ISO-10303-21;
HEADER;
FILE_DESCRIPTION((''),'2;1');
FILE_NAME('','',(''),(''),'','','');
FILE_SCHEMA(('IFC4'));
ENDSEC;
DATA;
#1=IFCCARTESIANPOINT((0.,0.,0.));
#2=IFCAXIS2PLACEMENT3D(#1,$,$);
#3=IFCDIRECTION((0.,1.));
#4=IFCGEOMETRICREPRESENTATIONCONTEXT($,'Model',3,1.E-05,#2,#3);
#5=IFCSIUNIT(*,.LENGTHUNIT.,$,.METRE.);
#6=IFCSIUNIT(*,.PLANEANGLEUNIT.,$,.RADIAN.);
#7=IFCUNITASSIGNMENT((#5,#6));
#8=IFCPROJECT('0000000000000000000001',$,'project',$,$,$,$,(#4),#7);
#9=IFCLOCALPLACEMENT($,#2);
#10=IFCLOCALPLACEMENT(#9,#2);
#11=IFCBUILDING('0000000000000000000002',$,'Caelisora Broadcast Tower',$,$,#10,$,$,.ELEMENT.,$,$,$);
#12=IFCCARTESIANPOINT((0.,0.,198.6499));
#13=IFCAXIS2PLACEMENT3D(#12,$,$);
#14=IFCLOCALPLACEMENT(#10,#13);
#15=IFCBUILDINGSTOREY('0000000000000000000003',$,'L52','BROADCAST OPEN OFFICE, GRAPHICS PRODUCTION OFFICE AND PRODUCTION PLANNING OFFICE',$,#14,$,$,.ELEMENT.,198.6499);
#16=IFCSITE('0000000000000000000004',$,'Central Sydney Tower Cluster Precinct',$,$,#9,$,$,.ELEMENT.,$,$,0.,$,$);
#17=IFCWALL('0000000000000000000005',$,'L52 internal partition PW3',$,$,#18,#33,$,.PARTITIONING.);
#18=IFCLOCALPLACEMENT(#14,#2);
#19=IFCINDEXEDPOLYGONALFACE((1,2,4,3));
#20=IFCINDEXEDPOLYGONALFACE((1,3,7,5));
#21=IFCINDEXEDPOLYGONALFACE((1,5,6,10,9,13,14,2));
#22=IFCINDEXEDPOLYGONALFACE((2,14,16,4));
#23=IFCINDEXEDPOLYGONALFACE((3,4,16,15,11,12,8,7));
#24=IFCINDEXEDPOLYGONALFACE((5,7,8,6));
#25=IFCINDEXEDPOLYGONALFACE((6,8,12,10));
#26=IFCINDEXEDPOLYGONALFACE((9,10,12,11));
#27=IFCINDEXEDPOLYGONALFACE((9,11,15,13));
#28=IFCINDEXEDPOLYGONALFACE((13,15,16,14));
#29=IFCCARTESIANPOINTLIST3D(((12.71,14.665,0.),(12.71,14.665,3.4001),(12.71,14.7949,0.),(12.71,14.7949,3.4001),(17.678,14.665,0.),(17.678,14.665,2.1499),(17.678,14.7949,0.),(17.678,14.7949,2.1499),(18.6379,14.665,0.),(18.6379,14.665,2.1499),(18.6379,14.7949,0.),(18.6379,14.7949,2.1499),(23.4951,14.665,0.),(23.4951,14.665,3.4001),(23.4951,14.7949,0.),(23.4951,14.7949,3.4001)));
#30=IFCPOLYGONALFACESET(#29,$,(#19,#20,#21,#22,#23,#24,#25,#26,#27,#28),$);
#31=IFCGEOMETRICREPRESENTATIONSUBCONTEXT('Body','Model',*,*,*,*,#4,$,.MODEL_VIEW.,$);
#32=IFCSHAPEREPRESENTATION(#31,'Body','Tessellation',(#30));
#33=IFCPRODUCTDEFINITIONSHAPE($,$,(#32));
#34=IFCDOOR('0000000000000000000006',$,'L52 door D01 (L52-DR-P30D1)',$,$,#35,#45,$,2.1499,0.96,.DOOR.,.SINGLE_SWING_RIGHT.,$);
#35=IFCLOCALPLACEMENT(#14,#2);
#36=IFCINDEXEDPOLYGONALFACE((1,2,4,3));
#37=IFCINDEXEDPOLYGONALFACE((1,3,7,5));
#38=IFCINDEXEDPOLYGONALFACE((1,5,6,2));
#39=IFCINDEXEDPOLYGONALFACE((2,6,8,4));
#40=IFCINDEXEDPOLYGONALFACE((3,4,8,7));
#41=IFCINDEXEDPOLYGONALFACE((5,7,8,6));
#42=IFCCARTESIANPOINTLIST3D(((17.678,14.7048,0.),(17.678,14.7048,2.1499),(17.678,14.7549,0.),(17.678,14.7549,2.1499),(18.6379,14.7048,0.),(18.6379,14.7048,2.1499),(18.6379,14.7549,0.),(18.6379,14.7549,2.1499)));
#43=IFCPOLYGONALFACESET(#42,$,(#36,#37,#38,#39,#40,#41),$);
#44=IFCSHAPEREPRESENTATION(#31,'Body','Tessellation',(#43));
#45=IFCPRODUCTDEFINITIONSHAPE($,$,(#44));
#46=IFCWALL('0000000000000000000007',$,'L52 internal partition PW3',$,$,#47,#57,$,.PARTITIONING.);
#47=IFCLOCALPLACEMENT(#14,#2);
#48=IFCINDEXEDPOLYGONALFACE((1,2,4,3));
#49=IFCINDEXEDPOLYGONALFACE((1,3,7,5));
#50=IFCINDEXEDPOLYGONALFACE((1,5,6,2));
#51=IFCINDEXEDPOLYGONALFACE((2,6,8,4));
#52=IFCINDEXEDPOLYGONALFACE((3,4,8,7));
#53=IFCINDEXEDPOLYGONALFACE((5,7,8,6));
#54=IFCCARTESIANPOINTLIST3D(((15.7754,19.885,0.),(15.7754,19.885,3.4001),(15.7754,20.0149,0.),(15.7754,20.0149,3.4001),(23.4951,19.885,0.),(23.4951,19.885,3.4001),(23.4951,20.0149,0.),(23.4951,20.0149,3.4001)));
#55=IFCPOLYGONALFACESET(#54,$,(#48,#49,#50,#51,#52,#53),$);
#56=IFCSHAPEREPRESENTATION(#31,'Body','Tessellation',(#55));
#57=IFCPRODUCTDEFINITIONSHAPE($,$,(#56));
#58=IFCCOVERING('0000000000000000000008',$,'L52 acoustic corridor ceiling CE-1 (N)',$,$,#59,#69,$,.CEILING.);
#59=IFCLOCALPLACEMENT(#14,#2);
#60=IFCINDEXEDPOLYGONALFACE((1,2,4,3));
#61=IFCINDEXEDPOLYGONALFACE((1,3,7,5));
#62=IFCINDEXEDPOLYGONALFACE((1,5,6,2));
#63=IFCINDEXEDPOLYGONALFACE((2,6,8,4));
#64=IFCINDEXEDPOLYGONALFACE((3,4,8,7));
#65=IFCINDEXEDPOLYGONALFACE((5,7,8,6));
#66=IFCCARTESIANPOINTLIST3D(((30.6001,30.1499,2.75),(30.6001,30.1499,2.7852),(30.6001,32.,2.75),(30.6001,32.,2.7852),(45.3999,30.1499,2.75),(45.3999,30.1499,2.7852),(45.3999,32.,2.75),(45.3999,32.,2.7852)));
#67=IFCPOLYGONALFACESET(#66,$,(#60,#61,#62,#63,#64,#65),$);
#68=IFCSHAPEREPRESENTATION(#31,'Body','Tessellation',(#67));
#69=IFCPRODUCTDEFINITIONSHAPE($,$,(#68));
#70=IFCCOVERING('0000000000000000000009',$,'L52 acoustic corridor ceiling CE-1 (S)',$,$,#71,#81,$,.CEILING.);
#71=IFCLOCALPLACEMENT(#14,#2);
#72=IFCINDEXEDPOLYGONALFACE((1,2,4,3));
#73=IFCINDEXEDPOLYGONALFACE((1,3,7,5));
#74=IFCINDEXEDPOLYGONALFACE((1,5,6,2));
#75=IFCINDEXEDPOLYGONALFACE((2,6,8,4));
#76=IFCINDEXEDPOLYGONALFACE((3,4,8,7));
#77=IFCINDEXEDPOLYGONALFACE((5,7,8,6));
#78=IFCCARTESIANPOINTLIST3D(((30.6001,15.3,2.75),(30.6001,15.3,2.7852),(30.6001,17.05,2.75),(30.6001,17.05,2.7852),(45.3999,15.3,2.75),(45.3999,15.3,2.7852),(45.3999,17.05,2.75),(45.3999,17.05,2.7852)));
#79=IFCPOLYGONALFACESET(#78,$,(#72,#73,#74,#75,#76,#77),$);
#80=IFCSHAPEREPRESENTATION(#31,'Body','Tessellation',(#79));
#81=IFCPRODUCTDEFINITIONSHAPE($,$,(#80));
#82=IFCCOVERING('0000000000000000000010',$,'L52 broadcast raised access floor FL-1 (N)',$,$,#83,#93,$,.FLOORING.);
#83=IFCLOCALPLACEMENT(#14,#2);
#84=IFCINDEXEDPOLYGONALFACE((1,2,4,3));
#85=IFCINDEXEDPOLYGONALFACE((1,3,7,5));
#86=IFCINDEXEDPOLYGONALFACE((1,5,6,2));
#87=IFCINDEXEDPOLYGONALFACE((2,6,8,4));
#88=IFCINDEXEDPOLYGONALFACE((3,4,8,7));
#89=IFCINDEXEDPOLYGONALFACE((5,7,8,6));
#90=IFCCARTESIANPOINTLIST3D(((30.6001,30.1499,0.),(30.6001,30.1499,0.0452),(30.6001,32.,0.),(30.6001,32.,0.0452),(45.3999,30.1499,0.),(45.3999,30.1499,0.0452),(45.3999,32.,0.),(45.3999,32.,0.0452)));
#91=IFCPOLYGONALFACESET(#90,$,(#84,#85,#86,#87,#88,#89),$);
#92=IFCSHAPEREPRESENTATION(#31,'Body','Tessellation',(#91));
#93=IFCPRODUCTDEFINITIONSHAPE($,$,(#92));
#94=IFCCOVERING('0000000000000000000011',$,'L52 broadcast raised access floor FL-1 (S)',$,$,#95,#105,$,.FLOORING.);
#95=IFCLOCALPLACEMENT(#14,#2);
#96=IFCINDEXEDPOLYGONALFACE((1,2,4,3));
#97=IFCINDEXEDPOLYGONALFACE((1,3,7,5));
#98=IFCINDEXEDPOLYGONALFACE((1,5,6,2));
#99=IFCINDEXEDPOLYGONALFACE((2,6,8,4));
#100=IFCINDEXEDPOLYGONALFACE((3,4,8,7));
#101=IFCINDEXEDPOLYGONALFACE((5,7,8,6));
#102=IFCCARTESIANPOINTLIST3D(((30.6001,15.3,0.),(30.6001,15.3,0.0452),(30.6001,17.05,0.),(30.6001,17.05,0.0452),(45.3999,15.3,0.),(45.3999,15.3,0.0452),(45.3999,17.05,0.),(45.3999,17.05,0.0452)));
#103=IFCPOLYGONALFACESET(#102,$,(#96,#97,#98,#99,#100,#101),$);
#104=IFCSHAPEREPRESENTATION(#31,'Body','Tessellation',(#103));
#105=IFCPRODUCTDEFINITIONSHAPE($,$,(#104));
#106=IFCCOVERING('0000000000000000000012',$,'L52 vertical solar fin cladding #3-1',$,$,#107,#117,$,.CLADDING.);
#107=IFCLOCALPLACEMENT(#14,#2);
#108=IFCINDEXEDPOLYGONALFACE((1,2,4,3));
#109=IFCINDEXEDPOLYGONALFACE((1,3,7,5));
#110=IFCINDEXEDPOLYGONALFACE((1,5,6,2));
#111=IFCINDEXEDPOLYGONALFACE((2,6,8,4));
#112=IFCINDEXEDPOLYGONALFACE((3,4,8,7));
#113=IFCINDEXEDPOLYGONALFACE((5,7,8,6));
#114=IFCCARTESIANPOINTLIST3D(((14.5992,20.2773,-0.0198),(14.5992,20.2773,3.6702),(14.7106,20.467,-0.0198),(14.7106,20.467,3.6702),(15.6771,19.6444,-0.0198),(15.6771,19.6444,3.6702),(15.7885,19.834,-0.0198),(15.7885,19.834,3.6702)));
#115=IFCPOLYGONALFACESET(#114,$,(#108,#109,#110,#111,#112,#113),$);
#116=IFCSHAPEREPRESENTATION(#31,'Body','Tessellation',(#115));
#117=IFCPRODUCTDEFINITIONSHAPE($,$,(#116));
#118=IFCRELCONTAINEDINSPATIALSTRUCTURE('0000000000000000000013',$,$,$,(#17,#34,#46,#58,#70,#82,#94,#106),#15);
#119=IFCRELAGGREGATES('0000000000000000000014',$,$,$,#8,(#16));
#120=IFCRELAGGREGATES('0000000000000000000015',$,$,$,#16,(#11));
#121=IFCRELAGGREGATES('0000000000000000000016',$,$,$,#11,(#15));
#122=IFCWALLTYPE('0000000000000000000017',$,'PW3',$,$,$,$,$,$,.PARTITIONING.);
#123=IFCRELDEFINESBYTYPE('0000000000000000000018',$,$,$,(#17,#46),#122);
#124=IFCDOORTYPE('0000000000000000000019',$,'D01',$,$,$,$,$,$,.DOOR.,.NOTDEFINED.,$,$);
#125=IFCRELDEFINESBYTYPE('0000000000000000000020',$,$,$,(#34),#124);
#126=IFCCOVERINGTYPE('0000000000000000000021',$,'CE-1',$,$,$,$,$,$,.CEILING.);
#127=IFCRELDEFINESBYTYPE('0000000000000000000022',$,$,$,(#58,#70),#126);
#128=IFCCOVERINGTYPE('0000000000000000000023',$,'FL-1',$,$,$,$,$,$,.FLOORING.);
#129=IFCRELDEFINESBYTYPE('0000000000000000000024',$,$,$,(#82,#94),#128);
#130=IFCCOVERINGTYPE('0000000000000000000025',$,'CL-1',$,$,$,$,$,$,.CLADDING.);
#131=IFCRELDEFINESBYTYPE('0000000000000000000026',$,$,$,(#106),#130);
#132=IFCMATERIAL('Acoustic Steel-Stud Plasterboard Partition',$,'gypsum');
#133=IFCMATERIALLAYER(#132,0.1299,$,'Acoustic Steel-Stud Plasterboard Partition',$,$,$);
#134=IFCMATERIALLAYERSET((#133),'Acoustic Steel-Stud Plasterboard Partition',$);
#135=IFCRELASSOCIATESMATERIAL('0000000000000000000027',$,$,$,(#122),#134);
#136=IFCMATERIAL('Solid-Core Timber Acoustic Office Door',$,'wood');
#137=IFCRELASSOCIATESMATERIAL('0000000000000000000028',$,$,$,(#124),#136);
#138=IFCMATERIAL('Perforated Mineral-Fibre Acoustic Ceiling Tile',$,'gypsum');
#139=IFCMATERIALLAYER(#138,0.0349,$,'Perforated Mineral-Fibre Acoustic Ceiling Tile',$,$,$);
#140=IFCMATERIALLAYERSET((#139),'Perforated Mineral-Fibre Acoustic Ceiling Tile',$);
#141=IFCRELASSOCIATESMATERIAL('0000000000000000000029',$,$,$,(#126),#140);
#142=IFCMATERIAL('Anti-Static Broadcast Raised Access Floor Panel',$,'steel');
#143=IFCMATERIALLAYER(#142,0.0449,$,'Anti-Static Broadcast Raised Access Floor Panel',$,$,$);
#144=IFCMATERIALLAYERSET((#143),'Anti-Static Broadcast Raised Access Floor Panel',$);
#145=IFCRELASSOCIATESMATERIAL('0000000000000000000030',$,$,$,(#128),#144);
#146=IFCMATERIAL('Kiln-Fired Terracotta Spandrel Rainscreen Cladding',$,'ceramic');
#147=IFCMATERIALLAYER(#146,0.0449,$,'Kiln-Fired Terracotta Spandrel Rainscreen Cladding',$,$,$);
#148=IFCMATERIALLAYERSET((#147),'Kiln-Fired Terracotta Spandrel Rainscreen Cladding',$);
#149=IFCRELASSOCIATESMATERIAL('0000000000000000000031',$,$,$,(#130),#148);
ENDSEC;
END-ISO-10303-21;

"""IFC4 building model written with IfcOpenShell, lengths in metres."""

from ifc_helpers import new_model, si_unit, direction, frame, frame_2d, origin, origin_2d, place, context, subcontext, project, spatial, polyline, rectangle, outline, extrude, source, transform, mapped, material, layer, layer_set, type_object, type_shapes, element, fill, save


model = new_model("IFC4")

# Units and contexts
model_context = context("Model", 3, precision=1e-05, world=origin(), true_north=direction((0.0, 1.0)))
body_context = subcontext(model_context, "Body", "Model", "MODEL_VIEW")
ifc_project = project(units=[si_unit("LENGTHUNIT", "METRE"), si_unit("PLANEANGLEUNIT", "RADIAN")], contexts=[model_context])

# Site, building, storey
site_placement = place(None, origin())
site = spatial("IfcSite", under=ifc_project, at=site_placement, Name="Central Sydney Tower Cluster Precinct", CompositionType="ELEMENT", RefElevation=0.0)
building_placement = place(site_placement, origin())
building = spatial("IfcBuilding", under=site, at=building_placement, Name="Caelisora Broadcast Tower", CompositionType="ELEMENT")
storey_placement = place(building_placement, frame((0.0, 0.0, 198.6499)))
storey = spatial("IfcBuildingStorey", under=building, at=storey_placement, Name="L52", Description="BROADCAST OPEN OFFICE, GRAPHICS PRODUCTION OFFICE AND PRODUCTION PLANNING OFFICE", CompositionType="ELEMENT", Elevation=198.6499)

# Wall, opening, door
ifc_material_1 = material(Name="Acoustic Steel-Stud Plasterboard Partition", Category="gypsum")
ifc_layer_1 = layer(ifc_material_1, 0.1299, Name="Acoustic Steel-Stud Plasterboard Partition")
ifc_layer_set_1 = layer_set([ifc_layer_1], Name="Acoustic Steel-Stud Plasterboard Partition")
wall_type_1 = type_object("IfcWallType", Name="PW3", PredefinedType="PARTITIONING", material=ifc_layer_set_1)
ifc_material_2 = material(Name="Solid-Core Timber Acoustic Office Door", Category="wood")
door_type = type_object("IfcDoorType", Name="D01", OperationType="NOTDEFINED", PredefinedType="DOOR", material=ifc_material_2)
wall_1_placement = place(storey_placement, frame((12.71, 14.73, 0.0), z_axis=(0.0, 0.0, 1.0), x_axis=(1.0, 0.0, 0.0)))
wall_1 = element("IfcWall", 1, at=wall_1_placement, inside=storey, type_object=wall_type_1, Name="L52 internal partition PW3", PredefinedType="PARTITIONING", context=body_context, shape_type="SweptSolid", body=[
    extrude(rectangle(XDim=10.7852, YDim=0.1299, at=frame_2d((5.3926, 0.0))), origin(), (0.0, 0.0, 1.0), 3.4001),
])
opening_1_placement = place(wall_1_placement, frame((4.968, 0.0, 0.0)))
opening_1 = element("IfcOpeningElement", 2, at=opening_1_placement, cuts=wall_1, PredefinedType="OPENING", context=body_context, shape_type="SweptSolid", body=[
    extrude(rectangle(XDim=0.96, YDim=2.1499, at=frame_2d((0.48, 1.075))), frame((0.0, 0.0769, 0.0), z_axis=(0.0, -1.0, 0.0), x_axis=(1.0, 0.0, 0.0)), (0.0, 0.0, 1.0), 0.1538),
])
door_1_placement = place(opening_1_placement, origin())
door_1 = element("IfcDoor", 3, at=door_1_placement, inside=storey, type_object=door_type, Name="L52 door D01 (L52-DR-P30D1)", OperationType="SINGLE_SWING_RIGHT", OverallHeight=2.1499, OverallWidth=0.96, PredefinedType="DOOR", context=body_context, shape_type="SweptSolid", body=[
    extrude(rectangle(XDim=0.96, YDim=2.1499, at=frame_2d((0.48, 1.075))), frame((0.0, 0.0249, 0.0), z_axis=(0.0, -1.0, 0.0), x_axis=(1.0, 0.0, 0.0)), (0.0, 0.0, 1.0), 0.05),
])
fill(opening_1, door_1)

# Wall
wall_2_placement = place(storey_placement, frame((15.7754, 19.95, 0.0), z_axis=(0.0, 0.0, 1.0), x_axis=(1.0, 0.0, 0.0)))
element("IfcWall", 4, at=wall_2_placement, inside=storey, type_object=wall_type_1, Name="L52 internal partition PW3", PredefinedType="PARTITIONING", context=body_context, shape_type="SweptSolid", body=[
    extrude(rectangle(XDim=7.7197, YDim=0.1299, at=frame_2d((3.8599, 0.0))), origin(), (0.0, 0.0, 1.0), 3.4001),
])

# Coverings
ifc_material_3 = material(Name="Perforated Mineral-Fibre Acoustic Ceiling Tile", Category="gypsum")
ifc_layer_2 = layer(ifc_material_3, 0.0349, Name="Perforated Mineral-Fibre Acoustic Ceiling Tile")
ifc_layer_set_2 = layer_set([ifc_layer_2], Name="Perforated Mineral-Fibre Acoustic Ceiling Tile")
covering_type_1 = type_object("IfcCoveringType", Name="CE-1", PredefinedType="CEILING", material=ifc_layer_set_2)
covering_1_placement = place(storey_placement, frame((0.0, 0.0, 2.75)))
element("IfcCovering", 5, at=covering_1_placement, inside=storey, type_object=covering_type_1, Name="L52 acoustic corridor ceiling CE-1 (N)", PredefinedType="CEILING", context=body_context, shape_type="SweptSolid", body=[
    extrude(outline(polyline([(30.6001, 30.1499), (45.3999, 30.1499), (45.3999, 32.0), (30.6001, 32.0), (30.6001, 30.1499)])), origin(), (0.0, 0.0, 1.0), 0.0352),
])
covering_2_placement = place(storey_placement, frame((0.0, 0.0, 2.75)))
element("IfcCovering", 6, at=covering_2_placement, inside=storey, type_object=covering_type_1, Name="L52 acoustic corridor ceiling CE-1 (S)", PredefinedType="CEILING", context=body_context, shape_type="SweptSolid", body=[
    extrude(outline(polyline([(30.6001, 15.3), (45.3999, 15.3), (45.3999, 17.05), (30.6001, 17.05), (30.6001, 15.3)])), origin(), (0.0, 0.0, 1.0), 0.0352),
])
ifc_material_4 = material(Name="Anti-Static Broadcast Raised Access Floor Panel", Category="steel")
ifc_layer_3 = layer(ifc_material_4, 0.0449, Name="Anti-Static Broadcast Raised Access Floor Panel")
ifc_layer_set_3 = layer_set([ifc_layer_3], Name="Anti-Static Broadcast Raised Access Floor Panel")
covering_type_2 = type_object("IfcCoveringType", Name="FL-1", PredefinedType="FLOORING", material=ifc_layer_set_3)
covering_3_placement = place(storey_placement, origin())
element("IfcCovering", 7, at=covering_3_placement, inside=storey, type_object=covering_type_2, Name="L52 broadcast raised access floor FL-1 (N)", PredefinedType="FLOORING", context=body_context, shape_type="SweptSolid", body=[
    extrude(outline(polyline([(30.6001, 30.1499), (45.3999, 30.1499), (45.3999, 32.0), (30.6001, 32.0), (30.6001, 30.1499)])), origin(), (0.0, 0.0, 1.0), 0.0452),
])
covering_4_placement = place(storey_placement, origin())
element("IfcCovering", 8, at=covering_4_placement, inside=storey, type_object=covering_type_2, Name="L52 broadcast raised access floor FL-1 (S)", PredefinedType="FLOORING", context=body_context, shape_type="SweptSolid", body=[
    extrude(outline(polyline([(30.6001, 15.3), (45.3999, 15.3), (45.3999, 17.05), (30.6001, 17.05), (30.6001, 15.3)])), origin(), (0.0, 0.0, 1.0), 0.0452),
])
ifc_material_5 = material(Name="Kiln-Fired Terracotta Spandrel Rainscreen Cladding", Category="ceramic")
ifc_layer_4 = layer(ifc_material_5, 0.0449, Name="Kiln-Fired Terracotta Spandrel Rainscreen Cladding")
ifc_layer_set_4 = layer_set([ifc_layer_4], Name="Kiln-Fired Terracotta Spandrel Rainscreen Cladding")
covering_type_3 = type_object("IfcCoveringType", Name="CL-1", PredefinedType="CLADDING", material=ifc_layer_set_4)
shared_shape_1 = source(origin(), body_context, "Body", "SweptSolid", [
    extrude(rectangle(XDim=0.22, YDim=1.25, at=origin_2d()), origin(), (0.0, 0.0, 1.0), 3.6899),
])
type_shapes(covering_type_3, [shared_shape_1])
covering_5_placement = place(storey_placement, frame((15.1938, 20.0557, -0.0198), z_axis=(0.0, 0.0, 1.0), x_axis=(0.506335, 0.862337, 0.0)))
element("IfcCovering", 9, at=covering_5_placement, inside=storey, type_object=covering_type_3, Name="L52 vertical solar fin cladding #3-1", PredefinedType="CLADDING", context=body_context, shape_type="MappedRepresentation", body=[
    mapped(shared_shape_1, transform((0.0, 0.0, 0.0), scale=1.0)),
])

save(model, "model.ifc")
